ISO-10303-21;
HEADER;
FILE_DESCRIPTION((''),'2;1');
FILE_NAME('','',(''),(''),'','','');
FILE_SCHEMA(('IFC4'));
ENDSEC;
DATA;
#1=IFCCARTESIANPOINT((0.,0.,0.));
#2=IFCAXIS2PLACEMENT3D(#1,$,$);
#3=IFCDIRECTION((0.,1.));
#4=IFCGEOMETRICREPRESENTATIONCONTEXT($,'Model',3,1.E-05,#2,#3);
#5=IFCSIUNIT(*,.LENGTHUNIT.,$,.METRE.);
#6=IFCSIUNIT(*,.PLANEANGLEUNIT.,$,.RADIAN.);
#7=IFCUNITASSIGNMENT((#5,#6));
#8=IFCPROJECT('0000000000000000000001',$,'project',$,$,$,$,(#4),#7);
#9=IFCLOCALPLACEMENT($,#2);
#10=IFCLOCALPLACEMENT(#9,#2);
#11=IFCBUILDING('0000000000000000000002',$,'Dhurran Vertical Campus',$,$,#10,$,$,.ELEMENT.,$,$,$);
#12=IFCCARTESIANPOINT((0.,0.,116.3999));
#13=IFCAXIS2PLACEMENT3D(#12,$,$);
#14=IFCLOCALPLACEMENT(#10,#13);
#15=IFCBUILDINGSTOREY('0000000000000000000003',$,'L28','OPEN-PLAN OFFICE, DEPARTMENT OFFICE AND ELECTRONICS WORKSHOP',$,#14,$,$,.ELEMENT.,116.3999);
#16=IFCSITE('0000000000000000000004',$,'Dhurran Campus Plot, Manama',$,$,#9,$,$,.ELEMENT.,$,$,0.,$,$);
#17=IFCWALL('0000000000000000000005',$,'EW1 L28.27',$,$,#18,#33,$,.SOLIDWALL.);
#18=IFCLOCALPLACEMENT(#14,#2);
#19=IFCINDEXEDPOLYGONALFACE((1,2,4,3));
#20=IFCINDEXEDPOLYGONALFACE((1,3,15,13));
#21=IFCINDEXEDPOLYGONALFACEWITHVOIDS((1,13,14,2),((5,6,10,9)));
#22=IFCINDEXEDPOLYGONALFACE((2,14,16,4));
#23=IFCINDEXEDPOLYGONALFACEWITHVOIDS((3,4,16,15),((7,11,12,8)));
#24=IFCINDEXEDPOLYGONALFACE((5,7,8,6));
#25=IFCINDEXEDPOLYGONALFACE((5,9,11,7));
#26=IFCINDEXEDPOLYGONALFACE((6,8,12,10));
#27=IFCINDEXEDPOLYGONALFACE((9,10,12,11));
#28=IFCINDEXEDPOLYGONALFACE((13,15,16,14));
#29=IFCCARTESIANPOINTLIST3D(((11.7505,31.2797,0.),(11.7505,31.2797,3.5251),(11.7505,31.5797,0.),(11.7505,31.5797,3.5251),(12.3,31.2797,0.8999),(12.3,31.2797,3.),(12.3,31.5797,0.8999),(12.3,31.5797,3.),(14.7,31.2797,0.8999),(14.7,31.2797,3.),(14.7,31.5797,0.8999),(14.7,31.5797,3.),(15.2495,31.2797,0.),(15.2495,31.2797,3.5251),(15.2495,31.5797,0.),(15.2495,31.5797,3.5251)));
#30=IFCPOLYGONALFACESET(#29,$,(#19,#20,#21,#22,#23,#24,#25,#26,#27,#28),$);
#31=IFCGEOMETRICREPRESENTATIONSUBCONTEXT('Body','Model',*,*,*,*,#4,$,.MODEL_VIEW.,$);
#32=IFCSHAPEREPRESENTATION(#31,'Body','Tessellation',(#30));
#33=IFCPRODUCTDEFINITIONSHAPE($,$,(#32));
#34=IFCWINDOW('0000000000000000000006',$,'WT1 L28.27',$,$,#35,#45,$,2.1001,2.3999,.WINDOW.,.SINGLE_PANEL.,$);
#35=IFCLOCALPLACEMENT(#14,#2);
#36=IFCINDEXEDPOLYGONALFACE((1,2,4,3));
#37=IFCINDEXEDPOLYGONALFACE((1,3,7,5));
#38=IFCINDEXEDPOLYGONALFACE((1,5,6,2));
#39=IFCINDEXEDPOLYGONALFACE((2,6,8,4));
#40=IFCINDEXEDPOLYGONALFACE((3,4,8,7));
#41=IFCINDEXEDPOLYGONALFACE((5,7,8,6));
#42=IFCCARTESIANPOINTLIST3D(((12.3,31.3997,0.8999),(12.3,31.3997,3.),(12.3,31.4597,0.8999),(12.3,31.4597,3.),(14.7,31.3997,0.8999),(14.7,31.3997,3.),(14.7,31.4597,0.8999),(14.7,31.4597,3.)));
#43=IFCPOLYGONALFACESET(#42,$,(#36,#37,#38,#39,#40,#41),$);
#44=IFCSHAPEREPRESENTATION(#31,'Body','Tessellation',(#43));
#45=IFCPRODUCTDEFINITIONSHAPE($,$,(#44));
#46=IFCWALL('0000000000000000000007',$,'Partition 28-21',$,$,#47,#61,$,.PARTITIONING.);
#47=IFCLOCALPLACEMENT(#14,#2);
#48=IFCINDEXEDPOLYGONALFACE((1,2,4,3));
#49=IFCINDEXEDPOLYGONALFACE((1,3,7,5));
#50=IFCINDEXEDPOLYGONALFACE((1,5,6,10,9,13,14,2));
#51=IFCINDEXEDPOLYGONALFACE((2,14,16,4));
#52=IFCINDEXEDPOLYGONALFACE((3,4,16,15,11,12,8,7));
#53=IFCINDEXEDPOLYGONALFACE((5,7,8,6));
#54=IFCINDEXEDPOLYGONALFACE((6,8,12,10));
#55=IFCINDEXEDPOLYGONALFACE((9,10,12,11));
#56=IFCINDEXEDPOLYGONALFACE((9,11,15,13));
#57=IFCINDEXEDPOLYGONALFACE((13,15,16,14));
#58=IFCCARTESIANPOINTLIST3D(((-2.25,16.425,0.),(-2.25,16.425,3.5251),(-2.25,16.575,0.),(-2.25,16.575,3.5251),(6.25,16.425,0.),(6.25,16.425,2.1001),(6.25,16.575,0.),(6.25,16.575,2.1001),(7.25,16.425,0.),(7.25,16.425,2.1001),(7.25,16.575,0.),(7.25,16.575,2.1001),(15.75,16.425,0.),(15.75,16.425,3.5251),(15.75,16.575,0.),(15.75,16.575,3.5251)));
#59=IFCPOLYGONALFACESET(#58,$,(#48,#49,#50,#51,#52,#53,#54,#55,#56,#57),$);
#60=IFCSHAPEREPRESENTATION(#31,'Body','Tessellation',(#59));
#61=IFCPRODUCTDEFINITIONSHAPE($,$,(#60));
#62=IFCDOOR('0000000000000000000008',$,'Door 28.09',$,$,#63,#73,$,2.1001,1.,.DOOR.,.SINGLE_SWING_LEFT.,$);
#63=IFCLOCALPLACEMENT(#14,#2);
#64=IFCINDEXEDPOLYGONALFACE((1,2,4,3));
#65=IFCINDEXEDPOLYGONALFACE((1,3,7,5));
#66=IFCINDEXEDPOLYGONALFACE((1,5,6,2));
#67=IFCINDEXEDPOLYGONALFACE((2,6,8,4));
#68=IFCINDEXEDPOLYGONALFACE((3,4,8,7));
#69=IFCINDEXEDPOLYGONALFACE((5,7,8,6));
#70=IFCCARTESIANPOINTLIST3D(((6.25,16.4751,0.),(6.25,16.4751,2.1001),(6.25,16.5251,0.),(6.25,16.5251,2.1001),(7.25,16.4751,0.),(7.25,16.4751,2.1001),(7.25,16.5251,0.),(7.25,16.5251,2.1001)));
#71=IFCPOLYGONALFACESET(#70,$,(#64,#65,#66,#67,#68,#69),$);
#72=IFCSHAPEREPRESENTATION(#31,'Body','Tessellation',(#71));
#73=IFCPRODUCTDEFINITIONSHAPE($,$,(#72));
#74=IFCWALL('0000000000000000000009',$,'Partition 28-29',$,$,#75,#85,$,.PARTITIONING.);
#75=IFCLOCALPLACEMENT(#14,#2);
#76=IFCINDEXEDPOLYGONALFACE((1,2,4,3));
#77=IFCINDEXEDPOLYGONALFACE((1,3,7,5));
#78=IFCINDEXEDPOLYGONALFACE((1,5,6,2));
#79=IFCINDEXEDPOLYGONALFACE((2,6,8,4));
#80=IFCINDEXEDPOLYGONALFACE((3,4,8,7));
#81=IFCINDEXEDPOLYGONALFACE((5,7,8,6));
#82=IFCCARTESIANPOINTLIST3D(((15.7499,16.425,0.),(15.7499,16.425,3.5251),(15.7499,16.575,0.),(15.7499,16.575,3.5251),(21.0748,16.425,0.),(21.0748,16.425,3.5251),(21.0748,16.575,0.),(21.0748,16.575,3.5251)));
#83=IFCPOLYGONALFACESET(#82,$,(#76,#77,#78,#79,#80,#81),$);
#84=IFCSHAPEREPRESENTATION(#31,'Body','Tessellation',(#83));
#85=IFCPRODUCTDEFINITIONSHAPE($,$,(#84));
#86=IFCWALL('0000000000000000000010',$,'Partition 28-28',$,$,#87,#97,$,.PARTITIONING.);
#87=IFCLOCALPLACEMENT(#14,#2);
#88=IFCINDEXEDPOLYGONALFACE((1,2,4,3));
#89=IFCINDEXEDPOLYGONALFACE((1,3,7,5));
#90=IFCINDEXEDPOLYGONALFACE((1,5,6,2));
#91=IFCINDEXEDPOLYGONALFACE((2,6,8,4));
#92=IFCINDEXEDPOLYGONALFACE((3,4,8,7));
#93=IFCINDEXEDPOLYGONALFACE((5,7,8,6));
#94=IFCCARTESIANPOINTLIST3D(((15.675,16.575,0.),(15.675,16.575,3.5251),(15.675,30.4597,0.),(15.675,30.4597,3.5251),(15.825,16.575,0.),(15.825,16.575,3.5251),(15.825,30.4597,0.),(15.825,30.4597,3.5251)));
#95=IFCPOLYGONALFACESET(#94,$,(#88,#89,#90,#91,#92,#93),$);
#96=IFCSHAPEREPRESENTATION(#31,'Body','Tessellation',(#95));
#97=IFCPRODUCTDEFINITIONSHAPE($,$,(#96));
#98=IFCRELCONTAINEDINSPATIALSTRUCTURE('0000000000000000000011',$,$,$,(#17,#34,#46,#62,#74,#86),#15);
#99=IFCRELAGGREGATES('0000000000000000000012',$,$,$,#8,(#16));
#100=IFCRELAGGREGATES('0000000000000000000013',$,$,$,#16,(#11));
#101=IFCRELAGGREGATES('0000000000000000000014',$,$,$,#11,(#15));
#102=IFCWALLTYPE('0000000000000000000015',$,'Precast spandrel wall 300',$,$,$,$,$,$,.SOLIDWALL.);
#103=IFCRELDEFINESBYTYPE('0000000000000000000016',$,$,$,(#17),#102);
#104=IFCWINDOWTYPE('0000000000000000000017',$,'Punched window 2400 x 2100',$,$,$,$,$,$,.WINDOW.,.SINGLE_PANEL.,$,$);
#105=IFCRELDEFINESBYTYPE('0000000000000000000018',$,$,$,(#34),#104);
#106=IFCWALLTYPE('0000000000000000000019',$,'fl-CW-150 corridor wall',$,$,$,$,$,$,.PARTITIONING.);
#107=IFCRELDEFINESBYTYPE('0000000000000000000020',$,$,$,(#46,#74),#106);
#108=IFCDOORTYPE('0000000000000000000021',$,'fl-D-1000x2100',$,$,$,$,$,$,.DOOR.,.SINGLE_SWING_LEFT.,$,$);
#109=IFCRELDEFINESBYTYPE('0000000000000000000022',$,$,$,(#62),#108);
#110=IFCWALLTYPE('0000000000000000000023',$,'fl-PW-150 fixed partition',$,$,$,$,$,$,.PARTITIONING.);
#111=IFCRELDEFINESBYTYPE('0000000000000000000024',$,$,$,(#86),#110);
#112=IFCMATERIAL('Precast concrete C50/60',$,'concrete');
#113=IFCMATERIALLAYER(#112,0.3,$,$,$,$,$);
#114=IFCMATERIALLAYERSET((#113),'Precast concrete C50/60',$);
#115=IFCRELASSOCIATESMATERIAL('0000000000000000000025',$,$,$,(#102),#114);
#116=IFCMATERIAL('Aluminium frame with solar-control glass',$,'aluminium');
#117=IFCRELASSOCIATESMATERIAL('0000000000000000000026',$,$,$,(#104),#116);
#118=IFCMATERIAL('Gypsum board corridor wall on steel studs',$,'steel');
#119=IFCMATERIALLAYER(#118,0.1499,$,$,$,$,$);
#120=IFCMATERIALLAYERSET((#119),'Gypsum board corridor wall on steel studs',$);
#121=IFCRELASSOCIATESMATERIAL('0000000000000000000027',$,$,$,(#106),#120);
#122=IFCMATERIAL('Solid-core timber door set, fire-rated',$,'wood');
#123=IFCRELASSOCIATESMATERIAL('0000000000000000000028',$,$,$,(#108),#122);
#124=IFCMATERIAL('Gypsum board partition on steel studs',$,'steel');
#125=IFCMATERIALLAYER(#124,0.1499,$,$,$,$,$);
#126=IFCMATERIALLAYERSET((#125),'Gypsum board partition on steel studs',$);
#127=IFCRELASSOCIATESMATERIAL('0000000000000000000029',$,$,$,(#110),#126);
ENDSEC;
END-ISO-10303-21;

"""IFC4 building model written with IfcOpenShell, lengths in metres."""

from ifc_helpers import new_model, si_unit, direction, frame, frame_2d, origin, place, context, subcontext, project, spatial, rectangle, extrude, material, layer, layer_set, type_object, element, fill, save


model = new_model("IFC4")

# Units and contexts
model_context = context("Model", 3, precision=1e-05, world=origin(), true_north=direction((0.0, 1.0)))
body_context = subcontext(model_context, "Body", "Model", "MODEL_VIEW")
ifc_project = project(units=[si_unit("LENGTHUNIT", "METRE"), si_unit("PLANEANGLEUNIT", "RADIAN")], contexts=[model_context])

# Site, building, storey
site_placement = place(None, origin())
site = spatial("IfcSite", under=ifc_project, at=site_placement, Name="Dhurran Campus Plot, Manama", CompositionType="ELEMENT", RefElevation=0.0)
building_placement = place(site_placement, origin())
building = spatial("IfcBuilding", under=site, at=building_placement, Name="Dhurran Vertical Campus", CompositionType="ELEMENT")
storey_placement = place(building_placement, frame((0.0, 0.0, 116.3999)))
storey = spatial("IfcBuildingStorey", under=building, at=storey_placement, Name="L28", Description="OPEN-PLAN OFFICE, DEPARTMENT OFFICE AND ELECTRONICS WORKSHOP", CompositionType="ELEMENT", Elevation=116.3999)

# Wall, opening, window
ifc_material_1 = material(Name="Precast concrete C50/60", Category="concrete")
ifc_layer_1 = layer(ifc_material_1, 0.3)
ifc_layer_set_1 = layer_set([ifc_layer_1], Name="Precast concrete C50/60")
wall_type_1 = type_object("IfcWallType", Name="Precast spandrel wall 300", PredefinedType="SOLIDWALL", material=ifc_layer_set_1)
ifc_material_2 = material(Name="Aluminium frame with solar-control glass", Category="aluminium")
window_type = type_object("IfcWindowType", Name="Punched window 2400 x 2100", PartitioningType="SINGLE_PANEL", PredefinedType="WINDOW", material=ifc_material_2)
wall_1_placement = place(storey_placement, frame((15.2495, 31.4297, 0.0), z_axis=(0.0, 0.0, 1.0), x_axis=(-1.0, 0.0, 0.0)))
wall_1 = element("IfcWall", 1, at=wall_1_placement, inside=storey, type_object=wall_type_1, Name="EW1 L28.27", PredefinedType="SOLIDWALL", context=body_context, shape_type="SweptSolid", body=[
    extrude(rectangle(XDim=3.499, YDim=0.3, at=frame_2d((1.7495, 0.0))), origin(), (0.0, 0.0, 1.0), 3.5251),
])
opening_1_placement = place(wall_1_placement, frame((0.5496, 0.0, 0.8999)))
opening_1 = element("IfcOpeningElement", 2, at=opening_1_placement, cuts=wall_1, PredefinedType="OPENING", context=body_context, shape_type="SweptSolid", body=[
    extrude(rectangle(XDim=2.3999, YDim=2.1001, at=frame_2d((1.2, 1.05))), frame((0.0, 0.1599, 0.0), z_axis=(0.0, -1.0, 0.0), x_axis=(1.0, 0.0, 0.0)), (0.0, 0.0, 1.0), 0.3201),
])
window_1_placement = place(opening_1_placement, origin())
window_1 = element("IfcWindow", 3, at=window_1_placement, inside=storey, type_object=window_type, Name="WT1 L28.27", OverallHeight=2.1001, OverallWidth=2.3999, PartitioningType="SINGLE_PANEL", PredefinedType="WINDOW", context=body_context, shape_type="SweptSolid", body=[
    extrude(rectangle(XDim=2.3999, YDim=2.1001, at=frame_2d((1.2, 1.05))), frame((0.0, 0.03, 0.0), z_axis=(0.0, -1.0, 0.0), x_axis=(1.0, 0.0, 0.0)), (0.0, 0.0, 1.0), 0.0601),
])
fill(opening_1, window_1)

# Wall, opening, door
ifc_material_3 = material(Name="Gypsum board corridor wall on steel studs", Category="steel")
ifc_layer_2 = layer(ifc_material_3, 0.1499)
ifc_layer_set_2 = layer_set([ifc_layer_2], Name="Gypsum board corridor wall on steel studs")
wall_type_2 = type_object("IfcWallType", Name="fl-CW-150 corridor wall", PredefinedType="PARTITIONING", material=ifc_layer_set_2)
wall_2_placement = place(storey_placement, frame((15.75, 16.5, 0.0), z_axis=(0.0, 0.0, 1.0), x_axis=(-1.0, 0.0, 0.0)))
wall_2 = element("IfcWall", 4, at=wall_2_placement, inside=storey, type_object=wall_type_2, Name="Partition 28-21", PredefinedType="PARTITIONING", context=body_context, shape_type="SweptSolid", body=[
    extrude(rectangle(XDim=18.0, YDim=0.1499, at=frame_2d((9.0, 0.0))), origin(), (0.0, 0.0, 1.0), 3.5251),
])
opening_2_placement = place(wall_2_placement, frame((8.5, 0.0, 0.0)))
opening_2 = element("IfcOpeningElement", 5, at=opening_2_placement, cuts=wall_2, PredefinedType="OPENING", context=body_context, shape_type="SweptSolid", body=[
    extrude(rectangle(XDim=1.0, YDim=2.1001, at=frame_2d((0.5, 1.05))), frame((0.0, 0.085, 0.0), z_axis=(0.0, -1.0, 0.0), x_axis=(1.0, 0.0, 0.0)), (0.0, 0.0, 1.0), 0.1699),
])
ifc_material_4 = material(Name="Solid-core timber door set, fire-rated", Category="wood")
door_type = type_object("IfcDoorType", Name="fl-D-1000x2100", OperationType="SINGLE_SWING_LEFT", PredefinedType="DOOR", material=ifc_material_4)
door_placement = place(opening_2_placement, origin())
door = element("IfcDoor", 6, at=door_placement, inside=storey, type_object=door_type, Name="Door 28.09", OperationType="SINGLE_SWING_LEFT", OverallHeight=2.1001, OverallWidth=1.0, PredefinedType="DOOR", context=body_context, shape_type="SweptSolid", body=[
    extrude(rectangle(XDim=1.0, YDim=2.1001, at=frame_2d((0.5, 1.05))), frame((0.0, 0.0249, 0.0), z_axis=(0.0, -1.0, 0.0), x_axis=(1.0, 0.0, 0.0)), (0.0, 0.0, 1.0), 0.05),
])
fill(opening_2, door)

# Walls
wall_3_placement = place(storey_placement, frame((21.075, 16.5, 0.0), z_axis=(0.0, 0.0, 1.0), x_axis=(-1.0, 0.0, 0.0)))
element("IfcWall", 7, at=wall_3_placement, inside=storey, type_object=wall_type_2, Name="Partition 28-29", PredefinedType="PARTITIONING", context=body_context, shape_type="SweptSolid", body=[
    extrude(rectangle(XDim=5.325, YDim=0.1499, at=frame_2d((2.6626, 0.0))), origin(), (0.0, 0.0, 1.0), 3.5251),
])
ifc_material_5 = material(Name="Gypsum board partition on steel studs", Category="steel")
ifc_layer_3 = layer(ifc_material_5, 0.1499)
ifc_layer_set_3 = layer_set([ifc_layer_3], Name="Gypsum board partition on steel studs")
wall_type_3 = type_object("IfcWallType", Name="fl-PW-150 fixed partition", PredefinedType="PARTITIONING", material=ifc_layer_set_3)
wall_4_placement = place(storey_placement, frame((15.75, 30.4597, 0.0), z_axis=(0.0, 0.0, 1.0), x_axis=(0.0, -1.0, 0.0)))
element("IfcWall", 8, at=wall_4_placement, inside=storey, type_object=wall_type_3, Name="Partition 28-28", PredefinedType="PARTITIONING", context=body_context, shape_type="SweptSolid", body=[
    extrude(rectangle(XDim=13.8848, YDim=0.1499, at=frame_2d((6.9424, 0.0))), origin(), (0.0, 0.0, 1.0), 3.5251),
])

save(model, "model.ifc")
